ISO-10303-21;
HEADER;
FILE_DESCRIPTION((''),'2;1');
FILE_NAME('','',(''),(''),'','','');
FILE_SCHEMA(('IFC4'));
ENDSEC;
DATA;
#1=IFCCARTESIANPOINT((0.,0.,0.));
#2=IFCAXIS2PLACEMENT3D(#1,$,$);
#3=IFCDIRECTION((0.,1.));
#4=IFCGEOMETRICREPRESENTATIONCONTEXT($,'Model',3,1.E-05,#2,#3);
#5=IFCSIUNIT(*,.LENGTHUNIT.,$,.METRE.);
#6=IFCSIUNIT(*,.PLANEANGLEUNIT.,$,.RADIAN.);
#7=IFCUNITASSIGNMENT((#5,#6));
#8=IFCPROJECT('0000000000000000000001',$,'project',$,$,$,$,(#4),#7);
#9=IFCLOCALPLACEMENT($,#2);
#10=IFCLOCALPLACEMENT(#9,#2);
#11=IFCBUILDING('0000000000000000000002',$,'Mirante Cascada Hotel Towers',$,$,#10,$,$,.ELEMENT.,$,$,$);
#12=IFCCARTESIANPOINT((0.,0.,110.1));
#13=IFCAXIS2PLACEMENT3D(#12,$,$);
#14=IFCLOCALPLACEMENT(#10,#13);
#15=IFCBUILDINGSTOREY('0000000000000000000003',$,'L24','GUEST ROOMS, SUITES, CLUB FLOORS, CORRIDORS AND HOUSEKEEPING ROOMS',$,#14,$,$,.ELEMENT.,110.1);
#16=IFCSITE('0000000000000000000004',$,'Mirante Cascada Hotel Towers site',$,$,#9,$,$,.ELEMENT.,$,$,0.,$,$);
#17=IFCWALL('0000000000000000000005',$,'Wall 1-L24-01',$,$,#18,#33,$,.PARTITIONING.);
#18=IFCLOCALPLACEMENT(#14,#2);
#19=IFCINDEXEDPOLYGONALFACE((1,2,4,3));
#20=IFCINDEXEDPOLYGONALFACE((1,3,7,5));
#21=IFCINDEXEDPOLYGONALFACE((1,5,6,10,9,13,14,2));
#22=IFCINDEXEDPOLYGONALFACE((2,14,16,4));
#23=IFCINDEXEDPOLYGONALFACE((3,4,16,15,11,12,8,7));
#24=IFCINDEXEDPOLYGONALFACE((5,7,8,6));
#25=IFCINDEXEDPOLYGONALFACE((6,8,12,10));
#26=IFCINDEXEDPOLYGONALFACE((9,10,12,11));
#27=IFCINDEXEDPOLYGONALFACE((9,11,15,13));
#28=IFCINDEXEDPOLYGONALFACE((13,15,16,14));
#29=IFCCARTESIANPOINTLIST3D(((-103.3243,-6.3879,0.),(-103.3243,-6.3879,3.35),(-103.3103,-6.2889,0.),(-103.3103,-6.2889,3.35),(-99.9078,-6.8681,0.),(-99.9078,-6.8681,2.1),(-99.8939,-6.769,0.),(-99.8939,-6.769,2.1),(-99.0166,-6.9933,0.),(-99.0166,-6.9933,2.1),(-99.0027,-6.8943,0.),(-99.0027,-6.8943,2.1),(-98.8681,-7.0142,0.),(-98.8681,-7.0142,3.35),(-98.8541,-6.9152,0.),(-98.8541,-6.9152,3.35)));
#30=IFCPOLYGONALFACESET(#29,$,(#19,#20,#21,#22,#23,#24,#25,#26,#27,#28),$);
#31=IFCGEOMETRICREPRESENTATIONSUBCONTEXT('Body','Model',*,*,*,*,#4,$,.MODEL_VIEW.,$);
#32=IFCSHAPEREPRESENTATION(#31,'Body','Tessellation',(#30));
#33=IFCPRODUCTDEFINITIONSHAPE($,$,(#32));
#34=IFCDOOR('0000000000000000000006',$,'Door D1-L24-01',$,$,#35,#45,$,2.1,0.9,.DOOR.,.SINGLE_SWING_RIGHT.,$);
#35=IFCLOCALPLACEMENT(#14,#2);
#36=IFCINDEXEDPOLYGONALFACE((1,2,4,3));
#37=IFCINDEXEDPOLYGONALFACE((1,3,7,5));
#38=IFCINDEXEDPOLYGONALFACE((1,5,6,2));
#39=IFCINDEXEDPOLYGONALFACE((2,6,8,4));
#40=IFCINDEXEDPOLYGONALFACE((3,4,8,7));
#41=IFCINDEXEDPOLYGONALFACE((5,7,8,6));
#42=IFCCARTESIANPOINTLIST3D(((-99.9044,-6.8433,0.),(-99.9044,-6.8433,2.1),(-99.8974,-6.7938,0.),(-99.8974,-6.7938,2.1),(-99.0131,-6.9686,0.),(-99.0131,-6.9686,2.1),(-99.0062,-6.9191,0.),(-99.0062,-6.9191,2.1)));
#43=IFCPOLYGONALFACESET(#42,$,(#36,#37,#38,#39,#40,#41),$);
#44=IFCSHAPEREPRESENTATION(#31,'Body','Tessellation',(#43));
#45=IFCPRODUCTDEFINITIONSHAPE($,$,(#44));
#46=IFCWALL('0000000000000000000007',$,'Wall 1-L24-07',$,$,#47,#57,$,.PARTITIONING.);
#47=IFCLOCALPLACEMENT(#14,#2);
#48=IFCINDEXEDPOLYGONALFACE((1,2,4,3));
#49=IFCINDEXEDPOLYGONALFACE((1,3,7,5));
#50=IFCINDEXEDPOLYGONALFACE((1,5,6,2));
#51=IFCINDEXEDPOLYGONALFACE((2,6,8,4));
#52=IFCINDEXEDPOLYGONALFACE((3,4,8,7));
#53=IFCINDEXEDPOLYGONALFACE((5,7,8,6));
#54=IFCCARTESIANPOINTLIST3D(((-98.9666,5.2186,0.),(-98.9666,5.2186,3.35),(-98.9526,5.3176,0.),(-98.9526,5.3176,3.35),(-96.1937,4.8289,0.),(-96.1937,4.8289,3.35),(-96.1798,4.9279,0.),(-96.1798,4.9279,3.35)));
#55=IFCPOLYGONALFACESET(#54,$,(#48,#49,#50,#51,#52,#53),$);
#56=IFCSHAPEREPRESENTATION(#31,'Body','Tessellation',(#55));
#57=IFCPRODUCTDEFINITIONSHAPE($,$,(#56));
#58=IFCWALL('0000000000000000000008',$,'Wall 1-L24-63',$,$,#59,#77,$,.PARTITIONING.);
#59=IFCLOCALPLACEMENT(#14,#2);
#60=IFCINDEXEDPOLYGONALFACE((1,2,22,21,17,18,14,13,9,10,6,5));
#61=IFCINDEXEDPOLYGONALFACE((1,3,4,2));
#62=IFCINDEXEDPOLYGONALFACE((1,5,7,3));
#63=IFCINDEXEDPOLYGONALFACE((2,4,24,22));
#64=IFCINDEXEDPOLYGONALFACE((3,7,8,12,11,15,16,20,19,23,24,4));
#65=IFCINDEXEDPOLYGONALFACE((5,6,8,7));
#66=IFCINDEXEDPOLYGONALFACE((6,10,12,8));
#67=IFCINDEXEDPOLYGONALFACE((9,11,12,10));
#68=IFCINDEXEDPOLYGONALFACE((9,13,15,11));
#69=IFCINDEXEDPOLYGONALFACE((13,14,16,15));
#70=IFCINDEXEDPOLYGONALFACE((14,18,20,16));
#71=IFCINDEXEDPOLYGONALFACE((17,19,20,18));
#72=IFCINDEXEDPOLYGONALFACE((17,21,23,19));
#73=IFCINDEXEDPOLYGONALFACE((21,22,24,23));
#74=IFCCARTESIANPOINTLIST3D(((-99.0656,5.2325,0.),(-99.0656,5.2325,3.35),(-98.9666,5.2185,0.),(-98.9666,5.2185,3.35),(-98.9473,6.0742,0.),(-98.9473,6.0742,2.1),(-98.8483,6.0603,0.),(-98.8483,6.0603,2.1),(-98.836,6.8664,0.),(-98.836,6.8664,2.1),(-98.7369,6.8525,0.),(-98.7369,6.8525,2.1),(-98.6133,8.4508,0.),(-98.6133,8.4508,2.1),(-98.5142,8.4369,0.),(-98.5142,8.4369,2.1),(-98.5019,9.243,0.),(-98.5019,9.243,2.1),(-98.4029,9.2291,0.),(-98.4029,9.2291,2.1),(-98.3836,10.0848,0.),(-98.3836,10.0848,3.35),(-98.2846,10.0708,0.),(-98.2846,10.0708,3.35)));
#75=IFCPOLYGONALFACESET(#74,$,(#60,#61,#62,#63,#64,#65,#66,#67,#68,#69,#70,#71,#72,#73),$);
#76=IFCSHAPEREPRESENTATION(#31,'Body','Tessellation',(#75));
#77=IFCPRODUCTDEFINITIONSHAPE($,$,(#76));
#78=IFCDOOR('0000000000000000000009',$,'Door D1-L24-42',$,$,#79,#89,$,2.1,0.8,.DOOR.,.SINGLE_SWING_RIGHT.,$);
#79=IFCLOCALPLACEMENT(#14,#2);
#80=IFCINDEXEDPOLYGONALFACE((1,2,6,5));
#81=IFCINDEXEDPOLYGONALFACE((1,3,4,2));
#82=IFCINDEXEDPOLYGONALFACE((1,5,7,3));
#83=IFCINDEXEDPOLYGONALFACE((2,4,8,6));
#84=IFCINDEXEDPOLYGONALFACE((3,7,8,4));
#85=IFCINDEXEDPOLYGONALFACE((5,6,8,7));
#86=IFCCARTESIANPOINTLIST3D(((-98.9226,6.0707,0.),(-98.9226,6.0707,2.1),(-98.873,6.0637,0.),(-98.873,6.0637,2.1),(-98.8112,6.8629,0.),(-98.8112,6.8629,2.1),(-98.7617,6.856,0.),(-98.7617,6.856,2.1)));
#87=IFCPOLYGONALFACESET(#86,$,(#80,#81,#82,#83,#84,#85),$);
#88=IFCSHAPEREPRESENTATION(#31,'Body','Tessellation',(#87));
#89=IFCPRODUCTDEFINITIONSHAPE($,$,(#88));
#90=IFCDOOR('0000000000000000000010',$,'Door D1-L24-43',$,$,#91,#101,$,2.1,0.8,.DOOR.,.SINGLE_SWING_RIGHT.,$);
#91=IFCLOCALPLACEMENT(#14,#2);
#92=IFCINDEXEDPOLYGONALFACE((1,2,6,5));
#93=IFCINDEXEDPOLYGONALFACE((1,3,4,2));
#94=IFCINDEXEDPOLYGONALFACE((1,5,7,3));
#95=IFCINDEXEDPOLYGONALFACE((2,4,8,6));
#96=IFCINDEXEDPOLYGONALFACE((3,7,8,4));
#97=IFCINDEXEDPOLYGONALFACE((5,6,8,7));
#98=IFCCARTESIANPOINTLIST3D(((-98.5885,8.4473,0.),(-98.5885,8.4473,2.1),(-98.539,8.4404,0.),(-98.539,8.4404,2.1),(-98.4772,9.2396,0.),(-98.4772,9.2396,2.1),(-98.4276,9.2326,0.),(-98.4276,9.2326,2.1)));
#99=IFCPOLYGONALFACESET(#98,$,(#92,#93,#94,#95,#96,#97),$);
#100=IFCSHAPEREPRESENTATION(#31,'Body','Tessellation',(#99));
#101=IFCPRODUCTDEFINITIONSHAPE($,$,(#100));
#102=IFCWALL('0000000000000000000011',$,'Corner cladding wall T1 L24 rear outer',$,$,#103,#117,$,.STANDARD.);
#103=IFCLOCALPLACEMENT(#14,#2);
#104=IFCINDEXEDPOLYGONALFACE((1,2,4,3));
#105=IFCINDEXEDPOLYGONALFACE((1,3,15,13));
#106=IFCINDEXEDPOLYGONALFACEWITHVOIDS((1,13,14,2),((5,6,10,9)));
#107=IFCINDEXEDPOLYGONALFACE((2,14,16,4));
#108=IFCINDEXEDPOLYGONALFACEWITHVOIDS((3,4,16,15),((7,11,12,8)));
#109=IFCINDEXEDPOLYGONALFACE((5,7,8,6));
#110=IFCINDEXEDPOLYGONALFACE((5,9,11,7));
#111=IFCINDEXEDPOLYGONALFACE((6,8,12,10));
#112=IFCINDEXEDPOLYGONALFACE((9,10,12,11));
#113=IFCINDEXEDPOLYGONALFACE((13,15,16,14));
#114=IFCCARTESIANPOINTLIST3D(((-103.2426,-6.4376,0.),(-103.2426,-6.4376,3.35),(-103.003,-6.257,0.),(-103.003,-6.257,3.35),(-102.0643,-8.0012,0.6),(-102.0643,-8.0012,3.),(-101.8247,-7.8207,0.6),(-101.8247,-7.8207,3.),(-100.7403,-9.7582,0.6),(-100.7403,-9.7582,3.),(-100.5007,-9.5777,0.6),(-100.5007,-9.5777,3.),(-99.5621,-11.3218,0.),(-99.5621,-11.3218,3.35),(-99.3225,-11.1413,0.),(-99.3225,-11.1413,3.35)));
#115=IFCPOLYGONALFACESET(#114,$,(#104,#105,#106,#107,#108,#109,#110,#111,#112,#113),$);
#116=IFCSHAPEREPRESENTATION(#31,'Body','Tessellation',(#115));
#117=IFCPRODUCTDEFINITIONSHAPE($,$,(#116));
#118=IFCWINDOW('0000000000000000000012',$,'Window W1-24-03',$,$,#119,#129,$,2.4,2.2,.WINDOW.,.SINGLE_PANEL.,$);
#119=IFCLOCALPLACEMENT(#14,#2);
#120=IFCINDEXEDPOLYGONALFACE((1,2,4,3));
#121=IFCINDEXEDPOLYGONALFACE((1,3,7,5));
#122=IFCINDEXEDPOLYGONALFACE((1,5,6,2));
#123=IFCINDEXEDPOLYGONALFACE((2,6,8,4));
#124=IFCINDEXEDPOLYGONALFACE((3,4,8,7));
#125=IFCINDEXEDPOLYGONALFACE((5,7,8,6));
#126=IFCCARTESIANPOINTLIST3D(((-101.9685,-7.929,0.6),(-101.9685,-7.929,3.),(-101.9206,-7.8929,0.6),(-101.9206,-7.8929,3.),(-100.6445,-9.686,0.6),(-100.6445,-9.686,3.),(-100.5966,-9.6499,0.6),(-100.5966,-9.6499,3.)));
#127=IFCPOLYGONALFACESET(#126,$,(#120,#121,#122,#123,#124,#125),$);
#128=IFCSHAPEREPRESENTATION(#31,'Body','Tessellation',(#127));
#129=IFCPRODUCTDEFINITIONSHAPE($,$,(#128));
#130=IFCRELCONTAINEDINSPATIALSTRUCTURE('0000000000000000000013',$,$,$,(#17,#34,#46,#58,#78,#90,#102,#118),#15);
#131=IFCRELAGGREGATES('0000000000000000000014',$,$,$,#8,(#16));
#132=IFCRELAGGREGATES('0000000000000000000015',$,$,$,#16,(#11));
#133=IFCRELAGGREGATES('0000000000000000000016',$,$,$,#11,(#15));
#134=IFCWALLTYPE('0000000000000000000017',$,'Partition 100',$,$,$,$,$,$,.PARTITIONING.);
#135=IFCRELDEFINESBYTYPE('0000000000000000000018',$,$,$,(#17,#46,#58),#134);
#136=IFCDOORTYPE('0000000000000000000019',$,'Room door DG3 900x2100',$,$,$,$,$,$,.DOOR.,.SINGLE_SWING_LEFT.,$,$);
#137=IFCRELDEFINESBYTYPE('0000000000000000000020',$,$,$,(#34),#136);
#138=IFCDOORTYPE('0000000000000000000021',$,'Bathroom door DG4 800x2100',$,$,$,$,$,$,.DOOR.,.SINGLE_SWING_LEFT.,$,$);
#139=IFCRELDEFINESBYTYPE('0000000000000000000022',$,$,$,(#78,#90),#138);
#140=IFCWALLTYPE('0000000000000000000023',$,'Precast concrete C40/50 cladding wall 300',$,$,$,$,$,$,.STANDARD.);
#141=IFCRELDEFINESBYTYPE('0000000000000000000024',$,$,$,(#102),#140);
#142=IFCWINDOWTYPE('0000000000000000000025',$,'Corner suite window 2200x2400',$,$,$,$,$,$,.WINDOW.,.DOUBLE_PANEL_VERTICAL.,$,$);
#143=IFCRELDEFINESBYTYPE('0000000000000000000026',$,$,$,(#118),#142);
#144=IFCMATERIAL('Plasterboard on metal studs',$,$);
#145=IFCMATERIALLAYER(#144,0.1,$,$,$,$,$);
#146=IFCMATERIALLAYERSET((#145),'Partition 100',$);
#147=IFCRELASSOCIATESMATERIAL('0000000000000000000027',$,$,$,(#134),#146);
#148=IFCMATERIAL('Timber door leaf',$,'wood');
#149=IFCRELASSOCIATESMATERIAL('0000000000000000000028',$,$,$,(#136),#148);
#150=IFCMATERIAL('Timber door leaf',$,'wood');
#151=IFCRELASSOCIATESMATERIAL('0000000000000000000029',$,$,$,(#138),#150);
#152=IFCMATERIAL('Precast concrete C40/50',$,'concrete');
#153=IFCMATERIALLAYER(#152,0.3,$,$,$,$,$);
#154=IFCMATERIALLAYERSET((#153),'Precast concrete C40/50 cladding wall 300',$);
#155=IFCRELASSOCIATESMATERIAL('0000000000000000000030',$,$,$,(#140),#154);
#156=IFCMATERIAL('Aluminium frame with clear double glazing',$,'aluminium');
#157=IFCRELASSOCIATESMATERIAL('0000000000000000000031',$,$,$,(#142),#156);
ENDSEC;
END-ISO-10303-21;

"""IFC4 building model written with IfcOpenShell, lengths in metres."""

from ifc_helpers import new_model, si_unit, direction, frame, frame_2d, origin, place, context, subcontext, project, spatial, rectangle, extrude, material, layer, layer_set, type_object, element, fill, save


model = new_model("IFC4")

# Units and contexts
model_context = context("Model", 3, precision=1e-05, world=origin(), true_north=direction((0.0, 1.0)))
body_context = subcontext(model_context, "Body", "Model", "MODEL_VIEW")
ifc_project = project(units=[si_unit("LENGTHUNIT", "METRE"), si_unit("PLANEANGLEUNIT", "RADIAN")], contexts=[model_context])

# Site, building, storey
site_placement = place(None, origin())
site = spatial("IfcSite", under=ifc_project, at=site_placement, Name="Mirante Cascada Hotel Towers site", CompositionType="ELEMENT", RefElevation=0.0)
building_placement = place(site_placement, origin())
building = spatial("IfcBuilding", under=site, at=building_placement, Name="Mirante Cascada Hotel Towers", CompositionType="ELEMENT")
storey_placement = place(building_placement, frame((0.0, 0.0, 110.1)))
storey = spatial("IfcBuildingStorey", under=building, at=storey_placement, Name="L24", Description="GUEST ROOMS, SUITES, CLUB FLOORS, CORRIDORS AND HOUSEKEEPING ROOMS", CompositionType="ELEMENT", Elevation=110.1)

# Wall, opening, door
ifc_material_1 = material(Name="Plasterboard on metal studs")
ifc_layer_1 = layer(ifc_material_1, 0.1)
ifc_layer_set_1 = layer_set([ifc_layer_1], Name="Partition 100")
wall_type_1 = type_object("IfcWallType", Name="Partition 100", PredefinedType="PARTITIONING", material=ifc_layer_set_1)
wall_1_placement = place(storey_placement, frame((-98.8611, -6.9647, 0.0), z_axis=(0.0, 0.0, 1.0), x_axis=(-0.990267, 0.139178, 0.0)))
wall_1 = element("IfcWall", 1, at=wall_1_placement, inside=storey, type_object=wall_type_1, Name="Wall 1-L24-01", PredefinedType="PARTITIONING", context=body_context, shape_type="SweptSolid", body=[
    extrude(rectangle(XDim=4.5, YDim=0.1, at=frame_2d((2.25, 0.0))), origin(), (0.0, 0.0, 1.0), 3.35),
])
opening_1_placement = place(wall_1_placement, frame((0.15, 0.0, 0.0)))
opening_1 = element("IfcOpeningElement", 2, at=opening_1_placement, cuts=wall_1, PredefinedType="OPENING", context=body_context, shape_type="SweptSolid", body=[
    extrude(rectangle(XDim=0.9, YDim=2.1, at=frame_2d((0.45, 1.05))), frame((0.0, 0.05, 0.0), z_axis=(0.0, -1.0, 0.0), x_axis=(1.0, 0.0, 0.0)), (0.0, 0.0, 1.0), 0.1),
])
ifc_material_2 = material(Name="Timber door leaf", Category="wood")
door_type_1 = type_object("IfcDoorType", Name="Room door DG3 900x2100", OperationType="SINGLE_SWING_LEFT", PredefinedType="DOOR", material=ifc_material_2)
door_1_placement = place(opening_1_placement, frame((0.9, 0.0, 0.0), z_axis=(0.0, 0.0, 1.0), x_axis=(-1.0, 0.0, 0.0)))
door_1 = element("IfcDoor", 3, at=door_1_placement, inside=storey, type_object=door_type_1, Name="Door D1-L24-01", OperationType="SINGLE_SWING_RIGHT", OverallHeight=2.1, OverallWidth=0.9, PredefinedType="DOOR", context=body_context, shape_type="SweptSolid", body=[
    extrude(rectangle(XDim=0.9, YDim=2.1, at=frame_2d((0.45, 1.05))), frame((0.0, 0.025, 0.0), z_axis=(0.0, -1.0, 0.0), x_axis=(1.0, 0.0, 0.0)), (0.0, 0.0, 1.0), 0.05),
])
fill(opening_1, door_1)

# Wall
wall_2_placement = place(storey_placement, frame((-96.1868, 4.8784, 0.0), z_axis=(0.0, 0.0, 1.0), x_axis=(-0.990268, 0.139176, 0.0)))
element("IfcWall", 4, at=wall_2_placement, inside=storey, type_object=wall_type_1, Name="Wall 1-L24-07", PredefinedType="PARTITIONING", context=body_context, shape_type="SweptSolid", body=[
    extrude(rectangle(XDim=2.8001, YDim=0.1, at=frame_2d((1.4, 0.0))), origin(), (0.0, 0.0, 1.0), 3.35),
])

# Wall, openings, doors
wall_3_placement = place(storey_placement, frame((-99.0161, 5.2255, 0.0), z_axis=(0.0, 0.0, 1.0), x_axis=(0.139184, 0.990267, 0.0)))
wall_3 = element("IfcWall", 5, at=wall_3_placement, inside=storey, type_object=wall_type_1, Name="Wall 1-L24-63", PredefinedType="PARTITIONING", context=body_context, shape_type="SweptSolid", body=[
    extrude(rectangle(XDim=4.9, YDim=0.1, at=frame_2d((2.45, 0.0))), origin(), (0.0, 0.0, 1.0), 3.35),
])
opening_2_placement = place(wall_3_placement, frame((0.85, 0.0, 0.0)))
opening_2 = element("IfcOpeningElement", 6, at=opening_2_placement, cuts=wall_3, PredefinedType="OPENING", context=body_context, shape_type="SweptSolid", body=[
    extrude(rectangle(XDim=0.8, YDim=2.1, at=frame_2d((0.4, 1.05))), frame((0.0, 0.05, 0.0), z_axis=(0.0, -1.0, 0.0), x_axis=(1.0, 0.0, 0.0)), (0.0, 0.0, 1.0), 0.1),
])
opening_3_placement = place(wall_3_placement, frame((3.25, 0.0, 0.0)))
opening_3 = element("IfcOpeningElement", 7, at=opening_3_placement, cuts=wall_3, PredefinedType="OPENING", context=body_context, shape_type="SweptSolid", body=[
    extrude(rectangle(XDim=0.8, YDim=2.1, at=frame_2d((0.4, 1.05))), frame((0.0, 0.05, 0.0), z_axis=(0.0, -1.0, 0.0), x_axis=(1.0, 0.0, 0.0)), (0.0, 0.0, 1.0), 0.1),
])
ifc_material_3 = material(Name="Timber door leaf", Category="wood")
door_type_2 = type_object("IfcDoorType", Name="Bathroom door DG4 800x2100", OperationType="SINGLE_SWING_LEFT", PredefinedType="DOOR", material=ifc_material_3)
door_2_placement = place(opening_2_placement, frame((0.8, 0.0, 0.0), z_axis=(0.0, 0.0, 1.0), x_axis=(-1.0, 0.0, 0.0)))
door_2 = element("IfcDoor", 8, at=door_2_placement, inside=storey, type_object=door_type_2, Name="Door D1-L24-42", OperationType="SINGLE_SWING_RIGHT", OverallHeight=2.1, OverallWidth=0.8, PredefinedType="DOOR", context=body_context, shape_type="SweptSolid", body=[
    extrude(rectangle(XDim=0.8, YDim=2.1, at=frame_2d((0.4, 1.05))), frame((0.0, 0.025, 0.0), z_axis=(0.0, -1.0, 0.0), x_axis=(1.0, 0.0, 0.0)), (0.0, 0.0, 1.0), 0.05),
])
fill(opening_2, door_2)
door_3_placement = place(opening_3_placement, frame((0.8, 0.0, 0.0), z_axis=(0.0, 0.0, 1.0), x_axis=(-1.0, 0.0, 0.0)))
door_3 = element("IfcDoor", 9, at=door_3_placement, inside=storey, type_object=door_type_2, Name="Door D1-L24-43", OperationType="SINGLE_SWING_RIGHT", OverallHeight=2.1, OverallWidth=0.8, PredefinedType="DOOR", context=body_context, shape_type="SweptSolid", body=[
    extrude(rectangle(XDim=0.8, YDim=2.1, at=frame_2d((0.4, 1.05))), frame((0.0, 0.025, 0.0), z_axis=(0.0, -1.0, 0.0), x_axis=(1.0, 0.0, 0.0)), (0.0, 0.0, 1.0), 0.05),
])
fill(opening_3, door_3)

# Wall, opening, window
ifc_material_4 = material(Name="Precast concrete C40/50", Category="concrete")
ifc_layer_2 = layer(ifc_material_4, 0.3)
ifc_layer_set_2 = layer_set([ifc_layer_2], Name="Precast concrete C40/50 cladding wall 300")
wall_type_2 = type_object("IfcWallType", Name="Precast concrete C40/50 cladding wall 300", PredefinedType="STANDARD", material=ifc_layer_set_2)
wall_4_placement = place(storey_placement, frame((-99.4423, -11.2315, 0.0), z_axis=(0.0, 0.0, 1.0), x_axis=(-0.601814, 0.798636, 0.0)))
wall_4 = element("IfcWall", 10, at=wall_4_placement, inside=storey, type_object=wall_type_2, Name="Corner cladding wall T1 L24 rear outer", PredefinedType="STANDARD", context=body_context, shape_type="SweptSolid", body=[
    extrude(rectangle(XDim=6.1157, YDim=0.3, at=frame_2d((3.0578, 0.0))), origin(), (0.0, 0.0, 1.0), 3.35),
])
opening_4_placement = place(wall_4_placement, frame((1.9578, 0.0, 0.6)))
opening_4 = element("IfcOpeningElement", 11, at=opening_4_placement, cuts=wall_4, PredefinedType="OPENING", context=body_context, shape_type="SweptSolid", body=[
    extrude(rectangle(XDim=2.2, YDim=2.4, at=frame_2d((1.1, 1.2))), frame((0.0, 0.15, 0.0), z_axis=(0.0, -1.0, 0.0), x_axis=(1.0, 0.0, 0.0)), (0.0, 0.0, 1.0), 0.3),
])
ifc_material_5 = material(Name="Aluminium frame with clear double glazing", Category="aluminium")
window_type = type_object("IfcWindowType", Name="Corner suite window 2200x2400", PartitioningType="DOUBLE_PANEL_VERTICAL", PredefinedType="WINDOW", material=ifc_material_5)
window_placement = place(opening_4_placement, origin())
window = element("IfcWindow", 12, at=window_placement, inside=storey, type_object=window_type, Name="Window W1-24-03", OverallHeight=2.4, OverallWidth=2.2, PartitioningType="SINGLE_PANEL", PredefinedType="WINDOW", context=body_context, shape_type="SweptSolid", body=[
    extrude(rectangle(XDim=2.2, YDim=2.4, at=frame_2d((1.1, 1.2))), frame((0.0, 0.03, 0.0), z_axis=(0.0, -1.0, 0.0), x_axis=(1.0, 0.0, 0.0)), (0.0, 0.0, 1.0), 0.06),
])
fill(opening_4, window)

save(model, "model.ifc")
